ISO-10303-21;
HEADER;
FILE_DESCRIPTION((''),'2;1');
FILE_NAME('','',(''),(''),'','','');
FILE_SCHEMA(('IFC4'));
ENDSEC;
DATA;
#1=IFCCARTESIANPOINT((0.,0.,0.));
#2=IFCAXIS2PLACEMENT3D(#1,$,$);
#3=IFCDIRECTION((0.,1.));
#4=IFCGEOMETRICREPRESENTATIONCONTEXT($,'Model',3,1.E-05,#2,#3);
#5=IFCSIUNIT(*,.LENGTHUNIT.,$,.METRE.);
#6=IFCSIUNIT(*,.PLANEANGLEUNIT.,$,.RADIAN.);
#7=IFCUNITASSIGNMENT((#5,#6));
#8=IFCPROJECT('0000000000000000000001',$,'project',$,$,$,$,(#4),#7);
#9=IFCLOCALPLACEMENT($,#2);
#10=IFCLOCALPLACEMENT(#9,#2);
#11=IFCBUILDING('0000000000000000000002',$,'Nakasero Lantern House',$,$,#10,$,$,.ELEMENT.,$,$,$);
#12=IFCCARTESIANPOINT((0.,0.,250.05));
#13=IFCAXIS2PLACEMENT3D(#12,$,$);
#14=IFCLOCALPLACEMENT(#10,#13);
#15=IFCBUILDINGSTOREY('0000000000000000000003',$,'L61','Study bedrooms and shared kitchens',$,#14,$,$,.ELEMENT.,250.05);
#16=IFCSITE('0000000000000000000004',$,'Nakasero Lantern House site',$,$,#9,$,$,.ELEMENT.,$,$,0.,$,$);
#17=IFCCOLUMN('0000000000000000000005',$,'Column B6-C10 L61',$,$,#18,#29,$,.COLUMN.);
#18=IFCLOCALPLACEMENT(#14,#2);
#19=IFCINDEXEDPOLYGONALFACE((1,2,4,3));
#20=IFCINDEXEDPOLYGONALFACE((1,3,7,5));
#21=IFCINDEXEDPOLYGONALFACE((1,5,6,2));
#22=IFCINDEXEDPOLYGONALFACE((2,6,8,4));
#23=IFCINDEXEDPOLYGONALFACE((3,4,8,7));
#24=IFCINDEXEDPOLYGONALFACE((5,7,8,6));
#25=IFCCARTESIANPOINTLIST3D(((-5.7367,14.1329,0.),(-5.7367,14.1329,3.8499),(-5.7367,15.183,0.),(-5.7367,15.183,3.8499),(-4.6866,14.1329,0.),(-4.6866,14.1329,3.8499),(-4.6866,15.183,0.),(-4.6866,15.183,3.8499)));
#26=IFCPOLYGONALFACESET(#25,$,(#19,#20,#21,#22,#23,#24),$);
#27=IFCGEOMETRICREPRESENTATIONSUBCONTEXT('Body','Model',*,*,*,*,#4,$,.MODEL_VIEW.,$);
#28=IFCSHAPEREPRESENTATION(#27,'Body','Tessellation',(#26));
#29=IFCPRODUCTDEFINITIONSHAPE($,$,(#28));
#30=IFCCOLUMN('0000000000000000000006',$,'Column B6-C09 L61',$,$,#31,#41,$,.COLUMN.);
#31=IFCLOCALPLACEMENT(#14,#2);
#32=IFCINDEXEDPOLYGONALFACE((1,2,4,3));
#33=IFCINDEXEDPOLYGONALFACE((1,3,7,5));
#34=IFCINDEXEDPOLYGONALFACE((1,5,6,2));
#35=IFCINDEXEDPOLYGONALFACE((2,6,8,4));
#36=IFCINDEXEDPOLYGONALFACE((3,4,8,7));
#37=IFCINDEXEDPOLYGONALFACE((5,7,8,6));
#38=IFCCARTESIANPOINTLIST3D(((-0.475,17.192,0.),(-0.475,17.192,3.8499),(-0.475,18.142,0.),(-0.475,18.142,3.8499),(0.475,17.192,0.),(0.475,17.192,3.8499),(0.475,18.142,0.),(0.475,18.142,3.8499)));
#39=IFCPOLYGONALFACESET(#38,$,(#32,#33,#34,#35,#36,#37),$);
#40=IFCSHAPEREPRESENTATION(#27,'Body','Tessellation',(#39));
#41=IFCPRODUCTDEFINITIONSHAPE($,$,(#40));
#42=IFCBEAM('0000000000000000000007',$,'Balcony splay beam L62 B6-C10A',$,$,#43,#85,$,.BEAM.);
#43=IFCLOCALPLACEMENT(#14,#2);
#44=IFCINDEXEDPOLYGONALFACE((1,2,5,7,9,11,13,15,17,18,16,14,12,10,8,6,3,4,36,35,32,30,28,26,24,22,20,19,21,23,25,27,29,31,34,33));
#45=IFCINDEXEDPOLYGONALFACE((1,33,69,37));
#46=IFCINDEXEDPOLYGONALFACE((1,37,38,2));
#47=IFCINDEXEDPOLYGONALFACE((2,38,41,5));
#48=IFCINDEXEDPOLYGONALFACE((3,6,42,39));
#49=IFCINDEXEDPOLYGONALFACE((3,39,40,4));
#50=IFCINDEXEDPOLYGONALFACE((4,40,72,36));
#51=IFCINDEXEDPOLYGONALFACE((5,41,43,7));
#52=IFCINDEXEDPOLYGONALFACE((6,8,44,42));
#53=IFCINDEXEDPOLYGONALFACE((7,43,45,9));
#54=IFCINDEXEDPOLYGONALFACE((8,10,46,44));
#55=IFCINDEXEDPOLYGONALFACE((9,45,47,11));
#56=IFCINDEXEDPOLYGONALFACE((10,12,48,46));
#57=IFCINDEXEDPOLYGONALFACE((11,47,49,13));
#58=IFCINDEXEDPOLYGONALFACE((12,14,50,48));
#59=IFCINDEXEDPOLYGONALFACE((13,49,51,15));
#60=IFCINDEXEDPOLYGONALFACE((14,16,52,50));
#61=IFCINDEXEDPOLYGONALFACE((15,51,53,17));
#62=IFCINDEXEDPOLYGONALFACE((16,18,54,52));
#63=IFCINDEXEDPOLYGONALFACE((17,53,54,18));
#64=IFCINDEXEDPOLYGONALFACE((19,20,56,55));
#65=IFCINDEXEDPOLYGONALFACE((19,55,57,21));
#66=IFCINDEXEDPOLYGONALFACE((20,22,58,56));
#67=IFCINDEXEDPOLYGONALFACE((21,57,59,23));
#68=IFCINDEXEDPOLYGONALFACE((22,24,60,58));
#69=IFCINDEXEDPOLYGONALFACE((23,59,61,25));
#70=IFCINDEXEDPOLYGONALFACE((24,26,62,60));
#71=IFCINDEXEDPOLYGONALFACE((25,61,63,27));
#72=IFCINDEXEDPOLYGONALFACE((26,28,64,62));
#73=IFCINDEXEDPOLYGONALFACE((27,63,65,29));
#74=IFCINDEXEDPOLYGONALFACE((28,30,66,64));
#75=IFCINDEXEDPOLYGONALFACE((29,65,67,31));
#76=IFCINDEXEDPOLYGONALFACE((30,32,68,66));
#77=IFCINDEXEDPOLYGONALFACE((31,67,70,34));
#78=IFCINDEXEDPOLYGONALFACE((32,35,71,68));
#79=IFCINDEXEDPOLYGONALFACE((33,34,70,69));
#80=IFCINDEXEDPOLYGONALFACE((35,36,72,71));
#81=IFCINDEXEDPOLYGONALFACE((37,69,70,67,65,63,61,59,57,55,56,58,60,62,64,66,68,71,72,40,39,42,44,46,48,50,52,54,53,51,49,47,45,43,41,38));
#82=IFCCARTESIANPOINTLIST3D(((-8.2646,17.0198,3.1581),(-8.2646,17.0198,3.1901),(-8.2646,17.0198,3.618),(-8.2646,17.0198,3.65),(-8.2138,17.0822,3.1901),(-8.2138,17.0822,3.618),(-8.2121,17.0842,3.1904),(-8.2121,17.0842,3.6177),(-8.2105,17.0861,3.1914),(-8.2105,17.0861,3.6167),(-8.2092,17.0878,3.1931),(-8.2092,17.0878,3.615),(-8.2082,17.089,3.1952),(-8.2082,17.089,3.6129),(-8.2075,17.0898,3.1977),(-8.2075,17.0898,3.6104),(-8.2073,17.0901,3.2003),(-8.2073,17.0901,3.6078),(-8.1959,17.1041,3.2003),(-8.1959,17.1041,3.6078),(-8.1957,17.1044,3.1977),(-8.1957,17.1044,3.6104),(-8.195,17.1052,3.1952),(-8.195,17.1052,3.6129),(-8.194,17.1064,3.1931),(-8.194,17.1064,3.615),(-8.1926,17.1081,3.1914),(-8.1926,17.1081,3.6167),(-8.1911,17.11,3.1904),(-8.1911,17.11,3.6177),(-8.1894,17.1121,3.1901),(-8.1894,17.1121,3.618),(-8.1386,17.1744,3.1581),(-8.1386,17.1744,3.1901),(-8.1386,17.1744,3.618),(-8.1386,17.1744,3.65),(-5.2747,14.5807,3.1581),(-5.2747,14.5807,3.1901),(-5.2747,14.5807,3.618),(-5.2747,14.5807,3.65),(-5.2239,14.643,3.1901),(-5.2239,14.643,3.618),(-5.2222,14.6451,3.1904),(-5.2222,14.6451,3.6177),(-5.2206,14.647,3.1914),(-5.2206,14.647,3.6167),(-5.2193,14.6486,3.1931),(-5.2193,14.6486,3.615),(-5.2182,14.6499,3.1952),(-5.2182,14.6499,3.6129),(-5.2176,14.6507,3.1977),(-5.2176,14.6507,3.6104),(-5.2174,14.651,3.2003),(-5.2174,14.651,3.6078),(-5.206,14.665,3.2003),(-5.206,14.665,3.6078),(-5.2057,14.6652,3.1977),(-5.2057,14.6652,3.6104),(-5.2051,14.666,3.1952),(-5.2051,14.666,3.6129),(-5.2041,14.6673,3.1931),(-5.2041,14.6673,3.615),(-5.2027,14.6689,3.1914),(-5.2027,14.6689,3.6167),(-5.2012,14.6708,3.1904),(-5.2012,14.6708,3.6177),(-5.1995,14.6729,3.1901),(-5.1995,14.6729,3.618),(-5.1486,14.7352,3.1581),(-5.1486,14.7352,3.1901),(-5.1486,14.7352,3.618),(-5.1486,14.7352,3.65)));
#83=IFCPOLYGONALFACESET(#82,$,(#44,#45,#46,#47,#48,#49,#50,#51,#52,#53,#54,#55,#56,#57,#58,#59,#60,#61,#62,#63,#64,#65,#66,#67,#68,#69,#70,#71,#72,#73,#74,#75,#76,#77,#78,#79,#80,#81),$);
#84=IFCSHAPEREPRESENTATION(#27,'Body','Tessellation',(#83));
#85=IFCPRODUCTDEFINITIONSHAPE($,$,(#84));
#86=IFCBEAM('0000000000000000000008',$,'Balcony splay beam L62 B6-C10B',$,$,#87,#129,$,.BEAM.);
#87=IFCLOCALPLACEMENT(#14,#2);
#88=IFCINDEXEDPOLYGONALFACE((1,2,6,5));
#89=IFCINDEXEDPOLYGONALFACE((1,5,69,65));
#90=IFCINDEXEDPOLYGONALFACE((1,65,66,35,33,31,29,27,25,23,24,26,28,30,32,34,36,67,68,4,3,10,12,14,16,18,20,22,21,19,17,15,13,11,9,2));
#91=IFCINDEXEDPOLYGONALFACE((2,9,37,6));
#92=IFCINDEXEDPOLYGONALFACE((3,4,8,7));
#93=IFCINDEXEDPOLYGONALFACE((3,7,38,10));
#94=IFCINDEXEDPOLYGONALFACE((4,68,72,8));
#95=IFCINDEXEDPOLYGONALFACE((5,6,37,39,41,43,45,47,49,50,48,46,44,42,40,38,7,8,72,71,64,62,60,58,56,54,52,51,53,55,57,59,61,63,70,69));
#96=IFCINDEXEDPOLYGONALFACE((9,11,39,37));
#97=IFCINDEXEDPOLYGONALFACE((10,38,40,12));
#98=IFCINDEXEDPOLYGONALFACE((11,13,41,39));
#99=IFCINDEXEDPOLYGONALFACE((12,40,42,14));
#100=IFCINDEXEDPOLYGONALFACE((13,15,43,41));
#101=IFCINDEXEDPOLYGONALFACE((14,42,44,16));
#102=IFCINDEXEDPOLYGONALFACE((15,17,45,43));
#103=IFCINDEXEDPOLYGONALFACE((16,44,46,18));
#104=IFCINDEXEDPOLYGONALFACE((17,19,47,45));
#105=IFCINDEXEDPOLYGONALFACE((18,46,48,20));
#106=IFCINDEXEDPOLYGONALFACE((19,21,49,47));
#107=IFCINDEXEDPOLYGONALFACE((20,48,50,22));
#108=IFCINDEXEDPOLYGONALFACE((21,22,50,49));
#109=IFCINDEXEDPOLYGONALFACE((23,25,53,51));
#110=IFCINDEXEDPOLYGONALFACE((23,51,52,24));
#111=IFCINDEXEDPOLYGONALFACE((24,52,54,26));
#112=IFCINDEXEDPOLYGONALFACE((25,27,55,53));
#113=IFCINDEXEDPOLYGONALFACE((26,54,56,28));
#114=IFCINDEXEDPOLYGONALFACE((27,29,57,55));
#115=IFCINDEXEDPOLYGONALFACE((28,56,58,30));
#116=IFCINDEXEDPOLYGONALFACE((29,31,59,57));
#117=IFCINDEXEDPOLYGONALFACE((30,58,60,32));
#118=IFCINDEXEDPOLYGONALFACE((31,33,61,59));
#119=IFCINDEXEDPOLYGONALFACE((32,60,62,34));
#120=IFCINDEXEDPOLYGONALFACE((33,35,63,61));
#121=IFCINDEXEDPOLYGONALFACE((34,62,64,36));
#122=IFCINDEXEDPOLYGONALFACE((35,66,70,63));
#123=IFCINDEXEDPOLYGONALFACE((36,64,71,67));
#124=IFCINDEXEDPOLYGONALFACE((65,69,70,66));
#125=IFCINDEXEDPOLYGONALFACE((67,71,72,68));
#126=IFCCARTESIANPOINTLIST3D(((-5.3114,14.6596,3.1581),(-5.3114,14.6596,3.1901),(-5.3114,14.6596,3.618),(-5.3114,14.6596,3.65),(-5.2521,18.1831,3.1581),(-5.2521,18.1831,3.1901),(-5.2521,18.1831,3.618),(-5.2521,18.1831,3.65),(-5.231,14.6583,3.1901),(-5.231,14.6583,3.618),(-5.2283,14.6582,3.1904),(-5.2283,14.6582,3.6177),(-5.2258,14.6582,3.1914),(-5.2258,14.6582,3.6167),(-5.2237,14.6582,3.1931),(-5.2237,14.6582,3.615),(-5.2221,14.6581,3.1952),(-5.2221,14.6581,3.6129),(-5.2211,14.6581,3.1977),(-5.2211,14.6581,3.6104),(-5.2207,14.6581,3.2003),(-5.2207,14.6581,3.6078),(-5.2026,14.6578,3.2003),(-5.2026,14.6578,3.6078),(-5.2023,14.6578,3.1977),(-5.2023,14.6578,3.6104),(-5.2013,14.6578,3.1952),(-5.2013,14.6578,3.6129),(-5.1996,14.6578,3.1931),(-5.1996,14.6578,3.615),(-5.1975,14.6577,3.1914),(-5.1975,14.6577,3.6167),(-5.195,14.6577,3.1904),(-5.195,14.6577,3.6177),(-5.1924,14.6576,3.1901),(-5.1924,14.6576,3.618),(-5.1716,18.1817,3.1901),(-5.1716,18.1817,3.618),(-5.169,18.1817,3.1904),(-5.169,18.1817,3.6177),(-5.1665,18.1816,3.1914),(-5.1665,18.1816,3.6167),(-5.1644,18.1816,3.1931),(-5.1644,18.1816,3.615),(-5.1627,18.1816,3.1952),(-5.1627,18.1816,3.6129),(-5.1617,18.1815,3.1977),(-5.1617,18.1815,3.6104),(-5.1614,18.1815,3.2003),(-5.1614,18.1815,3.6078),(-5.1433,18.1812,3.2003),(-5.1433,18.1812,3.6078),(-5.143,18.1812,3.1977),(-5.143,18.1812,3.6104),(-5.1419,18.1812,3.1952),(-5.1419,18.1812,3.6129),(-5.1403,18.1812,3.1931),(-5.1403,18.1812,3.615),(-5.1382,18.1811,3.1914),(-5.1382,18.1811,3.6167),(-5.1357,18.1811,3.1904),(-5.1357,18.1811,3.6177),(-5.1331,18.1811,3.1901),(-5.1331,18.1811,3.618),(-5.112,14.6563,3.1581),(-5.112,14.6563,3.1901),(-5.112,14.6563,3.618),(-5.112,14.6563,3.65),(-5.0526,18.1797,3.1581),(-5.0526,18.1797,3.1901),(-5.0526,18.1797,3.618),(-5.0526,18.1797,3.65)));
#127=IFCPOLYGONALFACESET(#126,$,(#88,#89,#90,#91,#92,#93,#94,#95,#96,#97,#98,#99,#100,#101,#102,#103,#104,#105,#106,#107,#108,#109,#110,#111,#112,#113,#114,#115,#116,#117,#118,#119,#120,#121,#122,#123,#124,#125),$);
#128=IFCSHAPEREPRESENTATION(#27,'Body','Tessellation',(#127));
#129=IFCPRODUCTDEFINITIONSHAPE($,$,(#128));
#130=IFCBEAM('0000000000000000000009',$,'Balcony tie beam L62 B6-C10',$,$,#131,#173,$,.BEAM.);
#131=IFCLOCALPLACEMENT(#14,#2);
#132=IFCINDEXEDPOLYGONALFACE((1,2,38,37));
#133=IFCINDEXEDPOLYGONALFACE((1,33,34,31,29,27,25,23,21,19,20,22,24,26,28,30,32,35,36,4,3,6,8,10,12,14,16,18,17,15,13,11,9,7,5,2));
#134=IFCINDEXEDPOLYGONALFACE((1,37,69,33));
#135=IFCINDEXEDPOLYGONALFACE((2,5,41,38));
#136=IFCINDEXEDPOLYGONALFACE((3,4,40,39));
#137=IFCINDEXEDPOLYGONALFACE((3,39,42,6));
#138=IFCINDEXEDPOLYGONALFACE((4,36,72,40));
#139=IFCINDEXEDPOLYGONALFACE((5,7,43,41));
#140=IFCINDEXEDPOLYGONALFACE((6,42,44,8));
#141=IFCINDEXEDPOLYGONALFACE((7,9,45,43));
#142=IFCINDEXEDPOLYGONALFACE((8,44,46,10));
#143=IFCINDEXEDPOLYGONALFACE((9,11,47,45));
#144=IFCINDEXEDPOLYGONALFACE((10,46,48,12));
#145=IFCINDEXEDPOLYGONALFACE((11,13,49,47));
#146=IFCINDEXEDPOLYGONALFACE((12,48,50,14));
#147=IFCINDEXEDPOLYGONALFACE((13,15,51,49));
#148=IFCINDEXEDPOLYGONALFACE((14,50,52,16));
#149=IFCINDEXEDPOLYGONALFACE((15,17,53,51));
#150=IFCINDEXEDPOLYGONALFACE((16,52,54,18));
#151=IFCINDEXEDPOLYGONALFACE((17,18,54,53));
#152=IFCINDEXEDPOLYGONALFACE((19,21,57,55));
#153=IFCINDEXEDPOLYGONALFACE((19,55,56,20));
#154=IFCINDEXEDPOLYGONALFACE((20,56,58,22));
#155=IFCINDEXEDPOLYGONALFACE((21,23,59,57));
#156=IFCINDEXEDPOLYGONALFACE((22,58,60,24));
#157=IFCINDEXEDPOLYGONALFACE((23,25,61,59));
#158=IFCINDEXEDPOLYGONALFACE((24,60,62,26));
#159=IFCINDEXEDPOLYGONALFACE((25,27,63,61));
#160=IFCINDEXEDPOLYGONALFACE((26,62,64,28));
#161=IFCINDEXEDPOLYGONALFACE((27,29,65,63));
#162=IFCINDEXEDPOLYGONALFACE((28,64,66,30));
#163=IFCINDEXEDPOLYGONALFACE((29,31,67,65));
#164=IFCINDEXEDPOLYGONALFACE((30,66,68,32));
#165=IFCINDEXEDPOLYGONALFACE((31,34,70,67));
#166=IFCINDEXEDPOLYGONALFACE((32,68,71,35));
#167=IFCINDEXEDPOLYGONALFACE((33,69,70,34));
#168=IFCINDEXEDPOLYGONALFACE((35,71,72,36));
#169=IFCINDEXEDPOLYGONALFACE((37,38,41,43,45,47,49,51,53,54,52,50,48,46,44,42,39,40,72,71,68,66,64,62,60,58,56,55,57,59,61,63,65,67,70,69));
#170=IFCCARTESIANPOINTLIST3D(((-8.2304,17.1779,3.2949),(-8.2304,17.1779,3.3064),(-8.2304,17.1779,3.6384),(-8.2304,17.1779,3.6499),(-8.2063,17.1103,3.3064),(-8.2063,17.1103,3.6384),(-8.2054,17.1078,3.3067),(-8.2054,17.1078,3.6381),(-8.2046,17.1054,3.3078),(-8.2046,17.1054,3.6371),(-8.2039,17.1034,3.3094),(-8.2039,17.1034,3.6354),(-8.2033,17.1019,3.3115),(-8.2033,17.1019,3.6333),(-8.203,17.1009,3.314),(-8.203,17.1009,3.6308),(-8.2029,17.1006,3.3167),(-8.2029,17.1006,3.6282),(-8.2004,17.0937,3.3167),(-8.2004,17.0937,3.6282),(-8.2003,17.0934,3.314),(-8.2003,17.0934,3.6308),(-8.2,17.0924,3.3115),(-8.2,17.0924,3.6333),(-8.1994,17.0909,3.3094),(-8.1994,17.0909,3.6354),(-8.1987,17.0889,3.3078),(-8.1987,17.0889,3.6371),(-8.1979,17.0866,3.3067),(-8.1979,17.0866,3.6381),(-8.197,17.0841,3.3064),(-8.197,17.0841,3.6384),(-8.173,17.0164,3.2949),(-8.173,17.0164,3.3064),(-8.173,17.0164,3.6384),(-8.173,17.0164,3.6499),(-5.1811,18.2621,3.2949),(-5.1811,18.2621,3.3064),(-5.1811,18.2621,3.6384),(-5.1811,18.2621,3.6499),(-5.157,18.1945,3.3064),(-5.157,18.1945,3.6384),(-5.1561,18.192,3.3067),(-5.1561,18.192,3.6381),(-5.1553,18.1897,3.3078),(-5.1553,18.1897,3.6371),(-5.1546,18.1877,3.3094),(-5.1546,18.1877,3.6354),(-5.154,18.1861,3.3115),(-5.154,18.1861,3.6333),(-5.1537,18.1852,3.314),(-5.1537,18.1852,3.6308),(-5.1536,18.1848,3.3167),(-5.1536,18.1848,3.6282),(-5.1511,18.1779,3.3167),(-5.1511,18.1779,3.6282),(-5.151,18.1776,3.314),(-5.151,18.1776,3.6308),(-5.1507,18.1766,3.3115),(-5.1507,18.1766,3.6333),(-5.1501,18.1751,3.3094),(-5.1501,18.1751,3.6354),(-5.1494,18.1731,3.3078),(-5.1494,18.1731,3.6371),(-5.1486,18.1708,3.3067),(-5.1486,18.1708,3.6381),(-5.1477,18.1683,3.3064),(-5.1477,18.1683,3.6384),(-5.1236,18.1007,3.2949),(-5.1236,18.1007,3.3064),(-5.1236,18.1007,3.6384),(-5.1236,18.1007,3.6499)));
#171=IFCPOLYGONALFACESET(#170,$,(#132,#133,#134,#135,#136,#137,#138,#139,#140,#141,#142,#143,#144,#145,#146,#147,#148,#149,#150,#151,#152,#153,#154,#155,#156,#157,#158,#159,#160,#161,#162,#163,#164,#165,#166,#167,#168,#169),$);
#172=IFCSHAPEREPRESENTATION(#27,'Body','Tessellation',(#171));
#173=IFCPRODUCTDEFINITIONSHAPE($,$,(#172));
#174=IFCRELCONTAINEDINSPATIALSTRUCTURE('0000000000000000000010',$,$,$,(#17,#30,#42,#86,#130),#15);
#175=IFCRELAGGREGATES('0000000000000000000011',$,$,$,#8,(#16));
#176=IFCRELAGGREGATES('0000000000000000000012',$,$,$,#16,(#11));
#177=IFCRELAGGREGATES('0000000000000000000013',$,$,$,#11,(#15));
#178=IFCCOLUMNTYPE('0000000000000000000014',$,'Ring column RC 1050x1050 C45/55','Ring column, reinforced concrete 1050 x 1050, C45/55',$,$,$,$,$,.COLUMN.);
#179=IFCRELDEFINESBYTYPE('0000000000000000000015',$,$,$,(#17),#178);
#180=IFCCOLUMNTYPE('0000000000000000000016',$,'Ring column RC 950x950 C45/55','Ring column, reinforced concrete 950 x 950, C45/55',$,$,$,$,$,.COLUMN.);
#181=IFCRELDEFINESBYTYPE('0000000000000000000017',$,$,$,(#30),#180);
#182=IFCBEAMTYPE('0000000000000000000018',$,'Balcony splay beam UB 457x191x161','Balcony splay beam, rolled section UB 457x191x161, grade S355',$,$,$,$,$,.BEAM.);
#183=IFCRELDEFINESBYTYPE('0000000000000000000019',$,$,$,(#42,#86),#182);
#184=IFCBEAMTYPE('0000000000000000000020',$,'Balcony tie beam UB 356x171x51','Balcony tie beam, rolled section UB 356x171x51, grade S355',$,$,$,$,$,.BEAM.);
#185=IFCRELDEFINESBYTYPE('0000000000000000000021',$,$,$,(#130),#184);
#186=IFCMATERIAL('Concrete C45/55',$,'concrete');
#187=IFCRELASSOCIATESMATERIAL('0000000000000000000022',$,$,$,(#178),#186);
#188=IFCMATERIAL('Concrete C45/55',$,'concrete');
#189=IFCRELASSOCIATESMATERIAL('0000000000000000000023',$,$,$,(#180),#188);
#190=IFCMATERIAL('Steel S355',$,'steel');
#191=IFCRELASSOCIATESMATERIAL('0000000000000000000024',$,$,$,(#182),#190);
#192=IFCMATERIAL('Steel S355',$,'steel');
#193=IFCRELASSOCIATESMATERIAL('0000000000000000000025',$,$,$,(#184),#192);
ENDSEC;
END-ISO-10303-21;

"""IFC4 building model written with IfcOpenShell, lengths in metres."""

from ifc_helpers import new_model, si_unit, direction, frame, origin, origin_2d, place, context, subcontext, project, spatial, rectangle, i_section, extrude, material, material_profile, profile_set, type_object, element, save


model = new_model("IFC4")

# Units and contexts
model_context = context("Model", 3, precision=1e-05, world=origin(), true_north=direction((0.0, 1.0)))
body_context = subcontext(model_context, "Body", "Model", "MODEL_VIEW")
ifc_project = project(units=[si_unit("LENGTHUNIT", "METRE"), si_unit("PLANEANGLEUNIT", "RADIAN")], contexts=[model_context])

# Site, building, storey
site_placement = place(None, origin())
site = spatial("IfcSite", under=ifc_project, at=site_placement, Name="Nakasero Lantern House site", CompositionType="ELEMENT", RefElevation=0.0)
building_placement = place(site_placement, origin())
building = spatial("IfcBuilding", under=site, at=building_placement, Name="Nakasero Lantern House", CompositionType="ELEMENT")
storey_placement = place(building_placement, frame((0.0, 0.0, 250.05)))
storey = spatial("IfcBuildingStorey", under=building, at=storey_placement, Name="L61", Description="Study bedrooms and shared kitchens", CompositionType="ELEMENT", Elevation=250.05)

# Columns
ifc_material_1 = material(Name="Concrete C45/55", Category="concrete")
ifc_material_profile_1 = material_profile(ifc_material_1, rectangle(XDim=1.05, YDim=1.05, at=origin_2d()), Name="RC 1050x1050")
ifc_profile_set_1 = profile_set([ifc_material_profile_1], Name="Concrete C45/55")
column_type_1 = type_object("IfcColumnType", Name="Ring column RC 1050x1050 C45/55", Description="Ring column, reinforced concrete 1050 x 1050, C45/55", PredefinedType="COLUMN", material=ifc_profile_set_1)
column_1_placement = place(storey_placement, frame((-5.2117, 14.658, 0.0), z_axis=(0.0, 0.0, 1.0), x_axis=(1.0, 0.0, 0.0)))
element("IfcColumn", 1, at=column_1_placement, inside=storey, type_object=column_type_1, Name="Column B6-C10 L61", PredefinedType="COLUMN", context=body_context, shape_type="SweptSolid", body=[
    extrude(rectangle(XDim=1.05, YDim=1.05, at=origin_2d()), origin(), (0.0, 0.0, 1.0), 3.8499),
])
ifc_material_2 = material(Name="Concrete C45/55", Category="concrete")
ifc_material_profile_2 = material_profile(ifc_material_2, rectangle(XDim=0.95, YDim=0.95, at=origin_2d()), Name="RC 950x950")
ifc_profile_set_2 = profile_set([ifc_material_profile_2], Name="Concrete C45/55")
column_type_2 = type_object("IfcColumnType", Name="Ring column RC 950x950 C45/55", Description="Ring column, reinforced concrete 950 x 950, C45/55", PredefinedType="COLUMN", material=ifc_profile_set_2)
column_2_placement = place(storey_placement, frame((0.0, 17.667, 0.0), z_axis=(0.0, 0.0, 1.0), x_axis=(1.0, 0.0, 0.0)))
element("IfcColumn", 2, at=column_2_placement, inside=storey, type_object=column_type_2, Name="Column B6-C09 L61", PredefinedType="COLUMN", context=body_context, shape_type="SweptSolid", body=[
    extrude(rectangle(XDim=0.95, YDim=0.95, at=origin_2d()), origin(), (0.0, 0.0, 1.0), 3.8499),
])

# Beams
ifc_material_3 = material(Name="Steel S355", Category="steel")
ifc_material_profile_3 = material_profile(ifc_material_3, i_section(OverallWidth=0.1995, OverallDepth=0.4919, WebThickness=0.0181, FlangeThickness=0.032, FilletRadius=0.0103, at=origin_2d()), Name="UB 457x191x161")
ifc_profile_set_3 = profile_set([ifc_material_profile_3], Name="Steel S355")
beam_type_1 = type_object("IfcBeamType", Name="Balcony splay beam UB 457x191x161", Description="Balcony splay beam, rolled section UB 457x191x161, grade S355", PredefinedType="BEAM", material=ifc_profile_set_3)
beam_1_placement = place(storey_placement, frame((-5.2117, 14.658, 3.4041), z_axis=(-0.774864, 0.632128, 0.0), x_axis=(-0.632128, -0.774864, 0.0)))
element("IfcBeam", 3, at=beam_1_placement, inside=storey, type_object=beam_type_1, Name="Balcony splay beam L62 B6-C10A", PredefinedType="BEAM", context=body_context, shape_type="SweptSolid", body=[
    extrude(i_section(OverallWidth=0.1995, OverallDepth=0.4919, WebThickness=0.0181, FlangeThickness=0.032, FilletRadius=0.0103, at=origin_2d()), origin(), (0.0, 0.0, 1.0), 3.8586),
])
beam_2_placement = place(storey_placement, frame((-5.2117, 14.658, 3.4041), z_axis=(0.016835, 0.999858, 0.0), x_axis=(-0.999858, 0.016835, 0.0)))
element("IfcBeam", 4, at=beam_2_placement, inside=storey, type_object=beam_type_1, Name="Balcony splay beam L62 B6-C10B", PredefinedType="BEAM", context=body_context, shape_type="SweptSolid", body=[
    extrude(i_section(OverallWidth=0.1995, OverallDepth=0.4919, WebThickness=0.0181, FlangeThickness=0.032, FilletRadius=0.0103, at=origin_2d()), origin(), (0.0, 0.0, 1.0), 3.5239),
])
ifc_material_4 = material(Name="Steel S355", Category="steel")
ifc_material_profile_4 = material_profile(ifc_material_4, i_section(OverallWidth=0.1714, OverallDepth=0.355, WebThickness=0.0073, FlangeThickness=0.0115, FilletRadius=0.0103, at=origin_2d()), Name="UB 356x171x51")
ifc_profile_set_4 = profile_set([ifc_material_profile_4], Name="Steel S355")
beam_type_2 = type_object("IfcBeamType", Name="Balcony tie beam UB 356x171x51", Description="Balcony tie beam, rolled section UB 356x171x51, grade S355", PredefinedType="BEAM", material=ifc_profile_set_4)
beam_3_placement = place(storey_placement, frame((-8.2017, 17.0972, 3.4724), z_axis=(0.942212, 0.335017, 0.0), x_axis=(-0.335017, 0.942212, 0.0)))
element("IfcBeam", 5, at=beam_3_placement, inside=storey, type_object=beam_type_2, Name="Balcony tie beam L62 B6-C10", PredefinedType="BEAM", context=body_context, shape_type="SweptSolid", body=[
    extrude(i_section(OverallWidth=0.1714, OverallDepth=0.355, WebThickness=0.0073, FlangeThickness=0.0115, FilletRadius=0.0103, at=origin_2d()), origin(), (0.0, 0.0, 1.0), 3.2363),
])

save(model, "model.ifc")
